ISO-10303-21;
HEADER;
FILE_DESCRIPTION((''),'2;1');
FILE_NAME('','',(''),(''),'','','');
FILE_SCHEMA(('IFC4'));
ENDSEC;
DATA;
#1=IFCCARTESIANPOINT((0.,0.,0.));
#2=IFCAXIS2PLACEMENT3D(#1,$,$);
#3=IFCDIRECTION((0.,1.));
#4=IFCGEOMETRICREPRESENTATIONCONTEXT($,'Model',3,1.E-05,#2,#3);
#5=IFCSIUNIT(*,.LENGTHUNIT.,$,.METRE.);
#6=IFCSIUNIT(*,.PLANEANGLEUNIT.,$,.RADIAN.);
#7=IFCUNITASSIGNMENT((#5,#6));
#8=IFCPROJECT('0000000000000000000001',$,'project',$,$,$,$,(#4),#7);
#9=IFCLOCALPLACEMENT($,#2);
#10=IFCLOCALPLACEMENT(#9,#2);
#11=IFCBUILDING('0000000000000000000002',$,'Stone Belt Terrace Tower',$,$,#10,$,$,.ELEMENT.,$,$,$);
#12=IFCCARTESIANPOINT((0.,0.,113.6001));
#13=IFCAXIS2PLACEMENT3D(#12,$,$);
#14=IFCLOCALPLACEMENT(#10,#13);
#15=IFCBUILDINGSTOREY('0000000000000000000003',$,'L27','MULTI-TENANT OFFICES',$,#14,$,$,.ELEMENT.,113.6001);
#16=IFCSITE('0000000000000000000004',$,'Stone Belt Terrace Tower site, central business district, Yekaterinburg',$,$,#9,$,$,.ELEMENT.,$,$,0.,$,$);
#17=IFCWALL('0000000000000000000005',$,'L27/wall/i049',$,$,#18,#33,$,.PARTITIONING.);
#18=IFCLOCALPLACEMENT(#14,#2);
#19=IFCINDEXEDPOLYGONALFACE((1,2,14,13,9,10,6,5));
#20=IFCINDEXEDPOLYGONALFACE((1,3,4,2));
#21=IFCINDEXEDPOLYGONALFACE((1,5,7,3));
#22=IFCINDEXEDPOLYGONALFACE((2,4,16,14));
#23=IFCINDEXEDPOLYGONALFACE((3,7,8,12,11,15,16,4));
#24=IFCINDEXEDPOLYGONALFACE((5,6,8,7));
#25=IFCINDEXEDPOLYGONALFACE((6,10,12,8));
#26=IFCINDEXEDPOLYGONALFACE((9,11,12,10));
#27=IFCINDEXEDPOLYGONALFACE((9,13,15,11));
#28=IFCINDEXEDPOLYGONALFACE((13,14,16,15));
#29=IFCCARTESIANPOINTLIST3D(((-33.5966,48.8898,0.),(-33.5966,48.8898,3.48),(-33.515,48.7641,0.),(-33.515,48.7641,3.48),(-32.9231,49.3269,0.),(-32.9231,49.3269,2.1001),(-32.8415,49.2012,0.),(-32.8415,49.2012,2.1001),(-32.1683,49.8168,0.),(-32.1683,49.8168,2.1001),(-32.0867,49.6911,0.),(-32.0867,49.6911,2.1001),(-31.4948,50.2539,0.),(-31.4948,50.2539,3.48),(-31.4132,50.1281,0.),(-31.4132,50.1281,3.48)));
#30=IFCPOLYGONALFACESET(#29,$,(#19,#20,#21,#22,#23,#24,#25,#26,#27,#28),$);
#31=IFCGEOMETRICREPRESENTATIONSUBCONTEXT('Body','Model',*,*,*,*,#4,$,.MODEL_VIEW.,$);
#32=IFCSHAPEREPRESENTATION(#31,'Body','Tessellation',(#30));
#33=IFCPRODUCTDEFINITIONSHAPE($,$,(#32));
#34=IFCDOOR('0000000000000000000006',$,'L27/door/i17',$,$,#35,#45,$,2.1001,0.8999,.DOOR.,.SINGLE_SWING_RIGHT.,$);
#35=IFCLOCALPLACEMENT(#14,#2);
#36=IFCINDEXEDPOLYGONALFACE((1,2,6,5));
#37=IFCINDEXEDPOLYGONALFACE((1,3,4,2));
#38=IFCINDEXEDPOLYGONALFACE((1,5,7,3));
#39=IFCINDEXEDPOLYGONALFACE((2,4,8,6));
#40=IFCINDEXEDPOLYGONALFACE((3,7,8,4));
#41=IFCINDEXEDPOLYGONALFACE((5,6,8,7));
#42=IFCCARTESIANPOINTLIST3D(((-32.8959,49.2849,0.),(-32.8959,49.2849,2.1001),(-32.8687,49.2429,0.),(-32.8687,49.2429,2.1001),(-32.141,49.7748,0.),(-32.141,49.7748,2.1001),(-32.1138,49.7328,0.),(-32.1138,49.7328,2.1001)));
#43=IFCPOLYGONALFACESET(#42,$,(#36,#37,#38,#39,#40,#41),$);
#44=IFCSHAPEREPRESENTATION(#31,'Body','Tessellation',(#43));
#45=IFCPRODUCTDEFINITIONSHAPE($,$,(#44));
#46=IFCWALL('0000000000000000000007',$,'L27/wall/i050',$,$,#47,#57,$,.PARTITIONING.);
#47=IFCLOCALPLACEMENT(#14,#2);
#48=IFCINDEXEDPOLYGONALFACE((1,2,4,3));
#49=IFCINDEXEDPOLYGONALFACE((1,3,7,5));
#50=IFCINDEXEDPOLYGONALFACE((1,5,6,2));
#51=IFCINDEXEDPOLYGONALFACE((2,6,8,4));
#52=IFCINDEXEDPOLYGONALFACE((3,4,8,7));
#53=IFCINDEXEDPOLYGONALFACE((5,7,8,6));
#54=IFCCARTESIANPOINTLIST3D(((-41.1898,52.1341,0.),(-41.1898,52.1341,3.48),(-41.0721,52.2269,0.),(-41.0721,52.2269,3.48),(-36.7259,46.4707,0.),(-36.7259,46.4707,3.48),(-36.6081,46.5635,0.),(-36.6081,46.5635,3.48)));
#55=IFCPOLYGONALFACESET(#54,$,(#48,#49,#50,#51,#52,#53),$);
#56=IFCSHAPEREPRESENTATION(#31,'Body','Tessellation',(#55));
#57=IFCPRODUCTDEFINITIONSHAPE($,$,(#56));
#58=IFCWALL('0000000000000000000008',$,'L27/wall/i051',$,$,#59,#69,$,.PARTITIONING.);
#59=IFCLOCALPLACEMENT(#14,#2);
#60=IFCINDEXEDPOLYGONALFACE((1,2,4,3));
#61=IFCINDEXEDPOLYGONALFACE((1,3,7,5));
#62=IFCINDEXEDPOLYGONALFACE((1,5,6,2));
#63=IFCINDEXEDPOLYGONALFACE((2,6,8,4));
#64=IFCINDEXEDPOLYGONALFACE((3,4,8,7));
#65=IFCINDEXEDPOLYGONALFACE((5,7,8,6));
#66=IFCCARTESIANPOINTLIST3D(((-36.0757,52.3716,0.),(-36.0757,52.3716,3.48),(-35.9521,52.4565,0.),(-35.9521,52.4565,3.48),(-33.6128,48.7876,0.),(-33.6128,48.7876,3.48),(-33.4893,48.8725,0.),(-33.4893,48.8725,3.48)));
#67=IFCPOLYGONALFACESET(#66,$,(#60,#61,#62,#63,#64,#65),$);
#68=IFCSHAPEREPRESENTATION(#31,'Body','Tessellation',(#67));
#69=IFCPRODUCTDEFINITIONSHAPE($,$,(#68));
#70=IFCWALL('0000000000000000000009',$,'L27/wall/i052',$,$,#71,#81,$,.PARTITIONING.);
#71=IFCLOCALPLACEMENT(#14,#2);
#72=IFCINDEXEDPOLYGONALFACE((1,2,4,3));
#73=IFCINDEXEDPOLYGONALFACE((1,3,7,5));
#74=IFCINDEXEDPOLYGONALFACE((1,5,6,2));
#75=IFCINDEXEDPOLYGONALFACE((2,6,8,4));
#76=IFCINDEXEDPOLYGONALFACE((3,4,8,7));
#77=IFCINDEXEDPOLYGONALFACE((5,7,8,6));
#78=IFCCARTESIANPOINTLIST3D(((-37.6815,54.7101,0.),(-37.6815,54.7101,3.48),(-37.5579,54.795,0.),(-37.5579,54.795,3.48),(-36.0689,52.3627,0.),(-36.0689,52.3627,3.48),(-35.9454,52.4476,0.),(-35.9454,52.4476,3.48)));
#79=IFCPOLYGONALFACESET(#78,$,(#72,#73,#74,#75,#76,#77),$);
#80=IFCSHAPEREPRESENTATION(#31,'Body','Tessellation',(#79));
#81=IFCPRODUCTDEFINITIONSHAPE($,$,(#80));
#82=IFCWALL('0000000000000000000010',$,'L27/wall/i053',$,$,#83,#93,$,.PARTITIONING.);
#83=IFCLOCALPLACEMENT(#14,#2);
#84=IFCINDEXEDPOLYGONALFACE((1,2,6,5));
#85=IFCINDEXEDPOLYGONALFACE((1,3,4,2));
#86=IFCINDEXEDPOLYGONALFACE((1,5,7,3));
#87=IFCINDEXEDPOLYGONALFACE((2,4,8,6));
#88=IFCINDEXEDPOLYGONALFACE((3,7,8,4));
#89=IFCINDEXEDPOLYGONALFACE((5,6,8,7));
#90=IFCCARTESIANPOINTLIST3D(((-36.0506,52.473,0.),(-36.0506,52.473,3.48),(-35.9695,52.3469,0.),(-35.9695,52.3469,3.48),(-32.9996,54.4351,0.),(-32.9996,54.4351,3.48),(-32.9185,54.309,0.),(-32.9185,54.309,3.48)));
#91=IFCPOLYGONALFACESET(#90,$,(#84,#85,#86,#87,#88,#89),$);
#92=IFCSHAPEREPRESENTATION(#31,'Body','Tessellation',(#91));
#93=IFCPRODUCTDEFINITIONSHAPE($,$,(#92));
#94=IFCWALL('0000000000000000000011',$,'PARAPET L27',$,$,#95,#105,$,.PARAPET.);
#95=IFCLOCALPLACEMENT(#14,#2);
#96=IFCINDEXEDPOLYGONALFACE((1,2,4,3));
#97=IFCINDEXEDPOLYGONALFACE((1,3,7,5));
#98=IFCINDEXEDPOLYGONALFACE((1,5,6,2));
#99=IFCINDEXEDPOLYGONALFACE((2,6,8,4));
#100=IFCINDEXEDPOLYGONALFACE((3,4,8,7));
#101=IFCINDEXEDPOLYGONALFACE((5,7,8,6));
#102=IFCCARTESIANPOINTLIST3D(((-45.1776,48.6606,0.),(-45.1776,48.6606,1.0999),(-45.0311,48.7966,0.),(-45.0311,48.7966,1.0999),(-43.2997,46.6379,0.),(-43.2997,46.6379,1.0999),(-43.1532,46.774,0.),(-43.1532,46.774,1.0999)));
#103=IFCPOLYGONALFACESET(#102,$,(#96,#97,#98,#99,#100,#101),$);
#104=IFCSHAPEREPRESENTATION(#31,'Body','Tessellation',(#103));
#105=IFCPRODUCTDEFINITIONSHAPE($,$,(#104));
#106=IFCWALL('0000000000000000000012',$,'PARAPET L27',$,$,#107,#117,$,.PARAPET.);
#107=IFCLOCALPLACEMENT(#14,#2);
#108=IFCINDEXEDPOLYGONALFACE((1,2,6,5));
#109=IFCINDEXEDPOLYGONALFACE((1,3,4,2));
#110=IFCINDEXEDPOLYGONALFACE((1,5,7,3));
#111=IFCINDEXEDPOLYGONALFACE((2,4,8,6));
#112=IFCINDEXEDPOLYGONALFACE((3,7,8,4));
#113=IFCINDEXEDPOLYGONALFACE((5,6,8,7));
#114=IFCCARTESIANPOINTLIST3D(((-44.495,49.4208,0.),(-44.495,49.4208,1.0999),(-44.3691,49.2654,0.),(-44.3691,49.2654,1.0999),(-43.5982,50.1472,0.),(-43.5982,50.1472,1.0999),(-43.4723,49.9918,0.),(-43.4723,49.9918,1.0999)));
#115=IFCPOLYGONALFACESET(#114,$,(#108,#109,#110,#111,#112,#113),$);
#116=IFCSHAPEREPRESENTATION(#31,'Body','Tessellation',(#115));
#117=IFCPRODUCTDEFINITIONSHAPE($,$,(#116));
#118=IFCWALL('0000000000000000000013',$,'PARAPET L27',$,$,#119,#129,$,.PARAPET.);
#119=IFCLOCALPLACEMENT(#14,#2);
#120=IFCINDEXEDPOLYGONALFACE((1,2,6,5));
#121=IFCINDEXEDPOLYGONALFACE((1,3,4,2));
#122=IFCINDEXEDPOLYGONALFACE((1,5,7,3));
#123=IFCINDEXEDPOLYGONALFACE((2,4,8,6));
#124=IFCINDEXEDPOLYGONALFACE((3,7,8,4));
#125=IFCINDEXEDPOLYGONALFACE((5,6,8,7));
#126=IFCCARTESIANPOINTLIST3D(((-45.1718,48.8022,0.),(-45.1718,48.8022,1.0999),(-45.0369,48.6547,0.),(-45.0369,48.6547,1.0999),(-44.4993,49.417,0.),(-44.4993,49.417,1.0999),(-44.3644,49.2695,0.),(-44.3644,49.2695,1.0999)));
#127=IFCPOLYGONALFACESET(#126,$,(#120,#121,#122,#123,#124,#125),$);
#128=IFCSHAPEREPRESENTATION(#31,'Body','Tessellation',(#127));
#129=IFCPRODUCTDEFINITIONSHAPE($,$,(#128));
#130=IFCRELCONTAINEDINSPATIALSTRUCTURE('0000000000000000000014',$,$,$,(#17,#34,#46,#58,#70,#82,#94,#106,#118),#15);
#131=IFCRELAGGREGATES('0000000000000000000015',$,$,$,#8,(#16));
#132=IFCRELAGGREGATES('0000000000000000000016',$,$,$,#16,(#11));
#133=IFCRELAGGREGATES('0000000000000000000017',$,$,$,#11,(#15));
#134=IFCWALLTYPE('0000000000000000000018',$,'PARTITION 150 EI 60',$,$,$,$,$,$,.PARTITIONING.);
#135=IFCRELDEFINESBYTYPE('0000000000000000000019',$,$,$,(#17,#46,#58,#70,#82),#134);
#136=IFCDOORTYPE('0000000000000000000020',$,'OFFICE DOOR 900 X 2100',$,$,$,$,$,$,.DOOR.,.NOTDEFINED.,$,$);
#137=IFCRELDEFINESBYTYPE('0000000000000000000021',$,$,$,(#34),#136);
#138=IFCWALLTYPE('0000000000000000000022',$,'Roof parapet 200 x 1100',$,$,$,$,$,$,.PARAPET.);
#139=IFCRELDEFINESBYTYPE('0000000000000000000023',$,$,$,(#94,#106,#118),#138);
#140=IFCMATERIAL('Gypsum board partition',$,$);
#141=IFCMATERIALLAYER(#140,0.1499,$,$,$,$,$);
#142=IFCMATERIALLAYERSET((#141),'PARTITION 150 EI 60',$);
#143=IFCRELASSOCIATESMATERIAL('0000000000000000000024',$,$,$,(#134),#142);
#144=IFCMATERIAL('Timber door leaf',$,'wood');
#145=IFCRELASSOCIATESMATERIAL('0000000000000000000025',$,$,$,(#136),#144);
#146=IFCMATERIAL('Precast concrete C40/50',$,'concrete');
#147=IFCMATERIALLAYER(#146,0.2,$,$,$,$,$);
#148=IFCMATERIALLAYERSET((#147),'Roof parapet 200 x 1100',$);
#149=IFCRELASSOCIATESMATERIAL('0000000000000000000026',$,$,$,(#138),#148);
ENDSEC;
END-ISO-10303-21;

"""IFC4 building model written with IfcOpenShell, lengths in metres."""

from ifc_helpers import new_model, si_unit, direction, frame, frame_2d, origin, place, context, subcontext, project, spatial, rectangle, extrude, material, layer, layer_set, type_object, element, fill, save


model = new_model("IFC4")

# Units and contexts
model_context = context("Model", 3, precision=1e-05, world=origin(), true_north=direction((0.0, 1.0)))
body_context = subcontext(model_context, "Body", "Model", "MODEL_VIEW")
ifc_project = project(units=[si_unit("LENGTHUNIT", "METRE"), si_unit("PLANEANGLEUNIT", "RADIAN")], contexts=[model_context])

# Site, building, storey
site_placement = place(None, origin())
site = spatial("IfcSite", under=ifc_project, at=site_placement, Name="Stone Belt Terrace Tower site, central business district, Yekaterinburg", CompositionType="ELEMENT", RefElevation=0.0)
building_placement = place(site_placement, origin())
building = spatial("IfcBuilding", under=site, at=building_placement, Name="Stone Belt Terrace Tower", CompositionType="ELEMENT")
storey_placement = place(building_placement, frame((0.0, 0.0, 113.6001)))
storey = spatial("IfcBuildingStorey", under=building, at=storey_placement, Name="L27", Description="MULTI-TENANT OFFICES", CompositionType="ELEMENT", Elevation=113.6001)

# Wall, opening, door
ifc_material_1 = material(Name="Gypsum board partition")
ifc_layer_1 = layer(ifc_material_1, 0.1499)
ifc_layer_set_1 = layer_set([ifc_layer_1], Name="PARTITION 150 EI 60")
wall_type_1 = type_object("IfcWallType", Name="PARTITION 150 EI 60", PredefinedType="PARTITIONING", material=ifc_layer_set_1)
wall_1_placement = place(storey_placement, frame((-33.5559, 48.8269, 0.0), z_axis=(0.0, 0.0, 1.0), x_axis=(0.838837, 0.544382, 0.0)))
wall_1 = element("IfcWall", 1, at=wall_1_placement, inside=storey, type_object=wall_type_1, Name="L27/wall/i049", PredefinedType="PARTITIONING", context=body_context, shape_type="SweptSolid", body=[
    extrude(rectangle(XDim=2.5056, YDim=0.1499, at=frame_2d((1.2529, 0.0))), origin(), (0.0, 0.0, 1.0), 3.48),
])
opening_placement = place(wall_1_placement, frame((0.803, 0.0, 0.0)))
opening = element("IfcOpeningElement", 2, at=opening_placement, cuts=wall_1, PredefinedType="OPENING", context=body_context, shape_type="SweptSolid", body=[
    extrude(rectangle(XDim=0.8999, YDim=2.1001, at=frame_2d((0.45, 1.05))), frame((0.0, 0.085, 0.0), z_axis=(0.0, -1.0, 0.0), x_axis=(1.0, 0.0, 0.0)), (0.0, 0.0, 1.0), 0.1699),
])
ifc_material_2 = material(Name="Timber door leaf", Category="wood")
door_type = type_object("IfcDoorType", Name="OFFICE DOOR 900 X 2100", OperationType="NOTDEFINED", PredefinedType="DOOR", material=ifc_material_2)
door_placement = place(opening_placement, origin())
door = element("IfcDoor", 3, at=door_placement, inside=storey, type_object=door_type, Name="L27/door/i17", OperationType="SINGLE_SWING_RIGHT", OverallHeight=2.1001, OverallWidth=0.8999, PredefinedType="DOOR", context=body_context, shape_type="SweptSolid", body=[
    extrude(rectangle(XDim=0.8999, YDim=2.1001, at=frame_2d((0.45, 1.05))), frame((0.0, 0.0249, 0.0), z_axis=(0.0, -1.0, 0.0), x_axis=(1.0, 0.0, 0.0)), (0.0, 0.0, 1.0), 0.05),
])
fill(opening, door)

# Walls
wall_2_placement = place(storey_placement, frame((-41.1309, 52.1804, 0.0), z_axis=(0.0, 0.0, 1.0), x_axis=(0.61903, -0.785367, 0.0)))
element("IfcWall", 4, at=wall_2_placement, inside=storey, type_object=wall_type_1, Name="L27/wall/i050", PredefinedType="PARTITIONING", context=body_context, shape_type="SweptSolid", body=[
    extrude(rectangle(XDim=7.2112, YDim=0.1499, at=frame_2d((3.6055, 0.0))), origin(), (0.0, 0.0, 1.0), 3.48),
])
wall_3_placement = place(storey_placement, frame((-36.0139, 52.4141, 0.0), z_axis=(0.0, 0.0, 1.0), x_axis=(0.566357, -0.82416, 0.0)))
element("IfcWall", 5, at=wall_3_placement, inside=storey, type_object=wall_type_1, Name="L27/wall/i051", PredefinedType="PARTITIONING", context=body_context, shape_type="SweptSolid", body=[
    extrude(rectangle(XDim=4.3486, YDim=0.1499, at=frame_2d((2.1743, 0.0))), origin(), (0.0, 0.0, 1.0), 3.48),
])
wall_4_placement = place(storey_placement, frame((-37.6196, 54.7524, 0.0), z_axis=(0.0, 0.0, 1.0), x_axis=(0.56622, -0.824254, 0.0)))
element("IfcWall", 6, at=wall_4_placement, inside=storey, type_object=wall_type_1, Name="L27/wall/i052", PredefinedType="PARTITIONING", context=body_context, shape_type="SweptSolid", body=[
    extrude(rectangle(XDim=2.8479, YDim=0.1499, at=frame_2d((1.4238, 0.0))), origin(), (0.0, 0.0, 1.0), 3.48),
])
wall_5_placement = place(storey_placement, frame((-36.01, 52.4099, 0.0), z_axis=(0.0, 0.0, 1.0), x_axis=(0.84108, 0.540911, 0.0)))
element("IfcWall", 7, at=wall_5_placement, inside=storey, type_object=wall_type_1, Name="L27/wall/i053", PredefinedType="PARTITIONING", context=body_context, shape_type="SweptSolid", body=[
    extrude(rectangle(XDim=3.6274, YDim=0.1499, at=frame_2d((1.8137, 0.0))), origin(), (0.0, 0.0, 1.0), 3.48),
])
ifc_material_3 = material(Name="Precast concrete C40/50", Category="concrete")
ifc_layer_2 = layer(ifc_material_3, 0.2)
ifc_layer_set_2 = layer_set([ifc_layer_2], Name="Roof parapet 200 x 1100")
wall_type_2 = type_object("IfcWallType", Name="Roof parapet 200 x 1100", PredefinedType="PARAPET", material=ifc_layer_set_2)
wall_6_placement = place(storey_placement, frame((-45.1042, 48.7285, 0.0), z_axis=(0.0, 0.0, 1.0), x_axis=(0.680393, -0.732847, 0.0)))
element("IfcWall", 8, at=wall_6_placement, inside=storey, type_object=wall_type_2, Name="PARAPET L27", PredefinedType="PARAPET", context=body_context, shape_type="SweptSolid", body=[
    extrude(rectangle(XDim=2.76, YDim=0.2, at=frame_2d((1.3799, 0.0))), origin(), (0.0, 0.0, 1.0), 1.0999),
])
wall_7_placement = place(storey_placement, frame((-43.5352, 50.0696, 0.0), z_axis=(0.0, 0.0, 1.0), x_axis=(-0.777077, -0.629405, 0.0)))
element("IfcWall", 9, at=wall_7_placement, inside=storey, type_object=wall_type_2, Name="PARAPET L27", PredefinedType="PARAPET", context=body_context, shape_type="SweptSolid", body=[
    extrude(rectangle(XDim=1.1541, YDim=0.2, at=frame_2d((0.5771, 0.0))), origin(), (0.0, 0.0, 1.0), 1.0999),
])
wall_8_placement = place(storey_placement, frame((-44.4319, 49.3433, 0.0), z_axis=(0.0, 0.0, 1.0), x_axis=(-0.738021, -0.674778, 0.0)))
element("IfcWall", 10, at=wall_8_placement, inside=storey, type_object=wall_type_2, Name="PARAPET L27", PredefinedType="PARAPET", context=body_context, shape_type="SweptSolid", body=[
    extrude(rectangle(XDim=0.9111, YDim=0.2, at=frame_2d((0.4556, 0.0))), origin(), (0.0, 0.0, 1.0), 1.0999),
])

save(model, "model.ifc")
